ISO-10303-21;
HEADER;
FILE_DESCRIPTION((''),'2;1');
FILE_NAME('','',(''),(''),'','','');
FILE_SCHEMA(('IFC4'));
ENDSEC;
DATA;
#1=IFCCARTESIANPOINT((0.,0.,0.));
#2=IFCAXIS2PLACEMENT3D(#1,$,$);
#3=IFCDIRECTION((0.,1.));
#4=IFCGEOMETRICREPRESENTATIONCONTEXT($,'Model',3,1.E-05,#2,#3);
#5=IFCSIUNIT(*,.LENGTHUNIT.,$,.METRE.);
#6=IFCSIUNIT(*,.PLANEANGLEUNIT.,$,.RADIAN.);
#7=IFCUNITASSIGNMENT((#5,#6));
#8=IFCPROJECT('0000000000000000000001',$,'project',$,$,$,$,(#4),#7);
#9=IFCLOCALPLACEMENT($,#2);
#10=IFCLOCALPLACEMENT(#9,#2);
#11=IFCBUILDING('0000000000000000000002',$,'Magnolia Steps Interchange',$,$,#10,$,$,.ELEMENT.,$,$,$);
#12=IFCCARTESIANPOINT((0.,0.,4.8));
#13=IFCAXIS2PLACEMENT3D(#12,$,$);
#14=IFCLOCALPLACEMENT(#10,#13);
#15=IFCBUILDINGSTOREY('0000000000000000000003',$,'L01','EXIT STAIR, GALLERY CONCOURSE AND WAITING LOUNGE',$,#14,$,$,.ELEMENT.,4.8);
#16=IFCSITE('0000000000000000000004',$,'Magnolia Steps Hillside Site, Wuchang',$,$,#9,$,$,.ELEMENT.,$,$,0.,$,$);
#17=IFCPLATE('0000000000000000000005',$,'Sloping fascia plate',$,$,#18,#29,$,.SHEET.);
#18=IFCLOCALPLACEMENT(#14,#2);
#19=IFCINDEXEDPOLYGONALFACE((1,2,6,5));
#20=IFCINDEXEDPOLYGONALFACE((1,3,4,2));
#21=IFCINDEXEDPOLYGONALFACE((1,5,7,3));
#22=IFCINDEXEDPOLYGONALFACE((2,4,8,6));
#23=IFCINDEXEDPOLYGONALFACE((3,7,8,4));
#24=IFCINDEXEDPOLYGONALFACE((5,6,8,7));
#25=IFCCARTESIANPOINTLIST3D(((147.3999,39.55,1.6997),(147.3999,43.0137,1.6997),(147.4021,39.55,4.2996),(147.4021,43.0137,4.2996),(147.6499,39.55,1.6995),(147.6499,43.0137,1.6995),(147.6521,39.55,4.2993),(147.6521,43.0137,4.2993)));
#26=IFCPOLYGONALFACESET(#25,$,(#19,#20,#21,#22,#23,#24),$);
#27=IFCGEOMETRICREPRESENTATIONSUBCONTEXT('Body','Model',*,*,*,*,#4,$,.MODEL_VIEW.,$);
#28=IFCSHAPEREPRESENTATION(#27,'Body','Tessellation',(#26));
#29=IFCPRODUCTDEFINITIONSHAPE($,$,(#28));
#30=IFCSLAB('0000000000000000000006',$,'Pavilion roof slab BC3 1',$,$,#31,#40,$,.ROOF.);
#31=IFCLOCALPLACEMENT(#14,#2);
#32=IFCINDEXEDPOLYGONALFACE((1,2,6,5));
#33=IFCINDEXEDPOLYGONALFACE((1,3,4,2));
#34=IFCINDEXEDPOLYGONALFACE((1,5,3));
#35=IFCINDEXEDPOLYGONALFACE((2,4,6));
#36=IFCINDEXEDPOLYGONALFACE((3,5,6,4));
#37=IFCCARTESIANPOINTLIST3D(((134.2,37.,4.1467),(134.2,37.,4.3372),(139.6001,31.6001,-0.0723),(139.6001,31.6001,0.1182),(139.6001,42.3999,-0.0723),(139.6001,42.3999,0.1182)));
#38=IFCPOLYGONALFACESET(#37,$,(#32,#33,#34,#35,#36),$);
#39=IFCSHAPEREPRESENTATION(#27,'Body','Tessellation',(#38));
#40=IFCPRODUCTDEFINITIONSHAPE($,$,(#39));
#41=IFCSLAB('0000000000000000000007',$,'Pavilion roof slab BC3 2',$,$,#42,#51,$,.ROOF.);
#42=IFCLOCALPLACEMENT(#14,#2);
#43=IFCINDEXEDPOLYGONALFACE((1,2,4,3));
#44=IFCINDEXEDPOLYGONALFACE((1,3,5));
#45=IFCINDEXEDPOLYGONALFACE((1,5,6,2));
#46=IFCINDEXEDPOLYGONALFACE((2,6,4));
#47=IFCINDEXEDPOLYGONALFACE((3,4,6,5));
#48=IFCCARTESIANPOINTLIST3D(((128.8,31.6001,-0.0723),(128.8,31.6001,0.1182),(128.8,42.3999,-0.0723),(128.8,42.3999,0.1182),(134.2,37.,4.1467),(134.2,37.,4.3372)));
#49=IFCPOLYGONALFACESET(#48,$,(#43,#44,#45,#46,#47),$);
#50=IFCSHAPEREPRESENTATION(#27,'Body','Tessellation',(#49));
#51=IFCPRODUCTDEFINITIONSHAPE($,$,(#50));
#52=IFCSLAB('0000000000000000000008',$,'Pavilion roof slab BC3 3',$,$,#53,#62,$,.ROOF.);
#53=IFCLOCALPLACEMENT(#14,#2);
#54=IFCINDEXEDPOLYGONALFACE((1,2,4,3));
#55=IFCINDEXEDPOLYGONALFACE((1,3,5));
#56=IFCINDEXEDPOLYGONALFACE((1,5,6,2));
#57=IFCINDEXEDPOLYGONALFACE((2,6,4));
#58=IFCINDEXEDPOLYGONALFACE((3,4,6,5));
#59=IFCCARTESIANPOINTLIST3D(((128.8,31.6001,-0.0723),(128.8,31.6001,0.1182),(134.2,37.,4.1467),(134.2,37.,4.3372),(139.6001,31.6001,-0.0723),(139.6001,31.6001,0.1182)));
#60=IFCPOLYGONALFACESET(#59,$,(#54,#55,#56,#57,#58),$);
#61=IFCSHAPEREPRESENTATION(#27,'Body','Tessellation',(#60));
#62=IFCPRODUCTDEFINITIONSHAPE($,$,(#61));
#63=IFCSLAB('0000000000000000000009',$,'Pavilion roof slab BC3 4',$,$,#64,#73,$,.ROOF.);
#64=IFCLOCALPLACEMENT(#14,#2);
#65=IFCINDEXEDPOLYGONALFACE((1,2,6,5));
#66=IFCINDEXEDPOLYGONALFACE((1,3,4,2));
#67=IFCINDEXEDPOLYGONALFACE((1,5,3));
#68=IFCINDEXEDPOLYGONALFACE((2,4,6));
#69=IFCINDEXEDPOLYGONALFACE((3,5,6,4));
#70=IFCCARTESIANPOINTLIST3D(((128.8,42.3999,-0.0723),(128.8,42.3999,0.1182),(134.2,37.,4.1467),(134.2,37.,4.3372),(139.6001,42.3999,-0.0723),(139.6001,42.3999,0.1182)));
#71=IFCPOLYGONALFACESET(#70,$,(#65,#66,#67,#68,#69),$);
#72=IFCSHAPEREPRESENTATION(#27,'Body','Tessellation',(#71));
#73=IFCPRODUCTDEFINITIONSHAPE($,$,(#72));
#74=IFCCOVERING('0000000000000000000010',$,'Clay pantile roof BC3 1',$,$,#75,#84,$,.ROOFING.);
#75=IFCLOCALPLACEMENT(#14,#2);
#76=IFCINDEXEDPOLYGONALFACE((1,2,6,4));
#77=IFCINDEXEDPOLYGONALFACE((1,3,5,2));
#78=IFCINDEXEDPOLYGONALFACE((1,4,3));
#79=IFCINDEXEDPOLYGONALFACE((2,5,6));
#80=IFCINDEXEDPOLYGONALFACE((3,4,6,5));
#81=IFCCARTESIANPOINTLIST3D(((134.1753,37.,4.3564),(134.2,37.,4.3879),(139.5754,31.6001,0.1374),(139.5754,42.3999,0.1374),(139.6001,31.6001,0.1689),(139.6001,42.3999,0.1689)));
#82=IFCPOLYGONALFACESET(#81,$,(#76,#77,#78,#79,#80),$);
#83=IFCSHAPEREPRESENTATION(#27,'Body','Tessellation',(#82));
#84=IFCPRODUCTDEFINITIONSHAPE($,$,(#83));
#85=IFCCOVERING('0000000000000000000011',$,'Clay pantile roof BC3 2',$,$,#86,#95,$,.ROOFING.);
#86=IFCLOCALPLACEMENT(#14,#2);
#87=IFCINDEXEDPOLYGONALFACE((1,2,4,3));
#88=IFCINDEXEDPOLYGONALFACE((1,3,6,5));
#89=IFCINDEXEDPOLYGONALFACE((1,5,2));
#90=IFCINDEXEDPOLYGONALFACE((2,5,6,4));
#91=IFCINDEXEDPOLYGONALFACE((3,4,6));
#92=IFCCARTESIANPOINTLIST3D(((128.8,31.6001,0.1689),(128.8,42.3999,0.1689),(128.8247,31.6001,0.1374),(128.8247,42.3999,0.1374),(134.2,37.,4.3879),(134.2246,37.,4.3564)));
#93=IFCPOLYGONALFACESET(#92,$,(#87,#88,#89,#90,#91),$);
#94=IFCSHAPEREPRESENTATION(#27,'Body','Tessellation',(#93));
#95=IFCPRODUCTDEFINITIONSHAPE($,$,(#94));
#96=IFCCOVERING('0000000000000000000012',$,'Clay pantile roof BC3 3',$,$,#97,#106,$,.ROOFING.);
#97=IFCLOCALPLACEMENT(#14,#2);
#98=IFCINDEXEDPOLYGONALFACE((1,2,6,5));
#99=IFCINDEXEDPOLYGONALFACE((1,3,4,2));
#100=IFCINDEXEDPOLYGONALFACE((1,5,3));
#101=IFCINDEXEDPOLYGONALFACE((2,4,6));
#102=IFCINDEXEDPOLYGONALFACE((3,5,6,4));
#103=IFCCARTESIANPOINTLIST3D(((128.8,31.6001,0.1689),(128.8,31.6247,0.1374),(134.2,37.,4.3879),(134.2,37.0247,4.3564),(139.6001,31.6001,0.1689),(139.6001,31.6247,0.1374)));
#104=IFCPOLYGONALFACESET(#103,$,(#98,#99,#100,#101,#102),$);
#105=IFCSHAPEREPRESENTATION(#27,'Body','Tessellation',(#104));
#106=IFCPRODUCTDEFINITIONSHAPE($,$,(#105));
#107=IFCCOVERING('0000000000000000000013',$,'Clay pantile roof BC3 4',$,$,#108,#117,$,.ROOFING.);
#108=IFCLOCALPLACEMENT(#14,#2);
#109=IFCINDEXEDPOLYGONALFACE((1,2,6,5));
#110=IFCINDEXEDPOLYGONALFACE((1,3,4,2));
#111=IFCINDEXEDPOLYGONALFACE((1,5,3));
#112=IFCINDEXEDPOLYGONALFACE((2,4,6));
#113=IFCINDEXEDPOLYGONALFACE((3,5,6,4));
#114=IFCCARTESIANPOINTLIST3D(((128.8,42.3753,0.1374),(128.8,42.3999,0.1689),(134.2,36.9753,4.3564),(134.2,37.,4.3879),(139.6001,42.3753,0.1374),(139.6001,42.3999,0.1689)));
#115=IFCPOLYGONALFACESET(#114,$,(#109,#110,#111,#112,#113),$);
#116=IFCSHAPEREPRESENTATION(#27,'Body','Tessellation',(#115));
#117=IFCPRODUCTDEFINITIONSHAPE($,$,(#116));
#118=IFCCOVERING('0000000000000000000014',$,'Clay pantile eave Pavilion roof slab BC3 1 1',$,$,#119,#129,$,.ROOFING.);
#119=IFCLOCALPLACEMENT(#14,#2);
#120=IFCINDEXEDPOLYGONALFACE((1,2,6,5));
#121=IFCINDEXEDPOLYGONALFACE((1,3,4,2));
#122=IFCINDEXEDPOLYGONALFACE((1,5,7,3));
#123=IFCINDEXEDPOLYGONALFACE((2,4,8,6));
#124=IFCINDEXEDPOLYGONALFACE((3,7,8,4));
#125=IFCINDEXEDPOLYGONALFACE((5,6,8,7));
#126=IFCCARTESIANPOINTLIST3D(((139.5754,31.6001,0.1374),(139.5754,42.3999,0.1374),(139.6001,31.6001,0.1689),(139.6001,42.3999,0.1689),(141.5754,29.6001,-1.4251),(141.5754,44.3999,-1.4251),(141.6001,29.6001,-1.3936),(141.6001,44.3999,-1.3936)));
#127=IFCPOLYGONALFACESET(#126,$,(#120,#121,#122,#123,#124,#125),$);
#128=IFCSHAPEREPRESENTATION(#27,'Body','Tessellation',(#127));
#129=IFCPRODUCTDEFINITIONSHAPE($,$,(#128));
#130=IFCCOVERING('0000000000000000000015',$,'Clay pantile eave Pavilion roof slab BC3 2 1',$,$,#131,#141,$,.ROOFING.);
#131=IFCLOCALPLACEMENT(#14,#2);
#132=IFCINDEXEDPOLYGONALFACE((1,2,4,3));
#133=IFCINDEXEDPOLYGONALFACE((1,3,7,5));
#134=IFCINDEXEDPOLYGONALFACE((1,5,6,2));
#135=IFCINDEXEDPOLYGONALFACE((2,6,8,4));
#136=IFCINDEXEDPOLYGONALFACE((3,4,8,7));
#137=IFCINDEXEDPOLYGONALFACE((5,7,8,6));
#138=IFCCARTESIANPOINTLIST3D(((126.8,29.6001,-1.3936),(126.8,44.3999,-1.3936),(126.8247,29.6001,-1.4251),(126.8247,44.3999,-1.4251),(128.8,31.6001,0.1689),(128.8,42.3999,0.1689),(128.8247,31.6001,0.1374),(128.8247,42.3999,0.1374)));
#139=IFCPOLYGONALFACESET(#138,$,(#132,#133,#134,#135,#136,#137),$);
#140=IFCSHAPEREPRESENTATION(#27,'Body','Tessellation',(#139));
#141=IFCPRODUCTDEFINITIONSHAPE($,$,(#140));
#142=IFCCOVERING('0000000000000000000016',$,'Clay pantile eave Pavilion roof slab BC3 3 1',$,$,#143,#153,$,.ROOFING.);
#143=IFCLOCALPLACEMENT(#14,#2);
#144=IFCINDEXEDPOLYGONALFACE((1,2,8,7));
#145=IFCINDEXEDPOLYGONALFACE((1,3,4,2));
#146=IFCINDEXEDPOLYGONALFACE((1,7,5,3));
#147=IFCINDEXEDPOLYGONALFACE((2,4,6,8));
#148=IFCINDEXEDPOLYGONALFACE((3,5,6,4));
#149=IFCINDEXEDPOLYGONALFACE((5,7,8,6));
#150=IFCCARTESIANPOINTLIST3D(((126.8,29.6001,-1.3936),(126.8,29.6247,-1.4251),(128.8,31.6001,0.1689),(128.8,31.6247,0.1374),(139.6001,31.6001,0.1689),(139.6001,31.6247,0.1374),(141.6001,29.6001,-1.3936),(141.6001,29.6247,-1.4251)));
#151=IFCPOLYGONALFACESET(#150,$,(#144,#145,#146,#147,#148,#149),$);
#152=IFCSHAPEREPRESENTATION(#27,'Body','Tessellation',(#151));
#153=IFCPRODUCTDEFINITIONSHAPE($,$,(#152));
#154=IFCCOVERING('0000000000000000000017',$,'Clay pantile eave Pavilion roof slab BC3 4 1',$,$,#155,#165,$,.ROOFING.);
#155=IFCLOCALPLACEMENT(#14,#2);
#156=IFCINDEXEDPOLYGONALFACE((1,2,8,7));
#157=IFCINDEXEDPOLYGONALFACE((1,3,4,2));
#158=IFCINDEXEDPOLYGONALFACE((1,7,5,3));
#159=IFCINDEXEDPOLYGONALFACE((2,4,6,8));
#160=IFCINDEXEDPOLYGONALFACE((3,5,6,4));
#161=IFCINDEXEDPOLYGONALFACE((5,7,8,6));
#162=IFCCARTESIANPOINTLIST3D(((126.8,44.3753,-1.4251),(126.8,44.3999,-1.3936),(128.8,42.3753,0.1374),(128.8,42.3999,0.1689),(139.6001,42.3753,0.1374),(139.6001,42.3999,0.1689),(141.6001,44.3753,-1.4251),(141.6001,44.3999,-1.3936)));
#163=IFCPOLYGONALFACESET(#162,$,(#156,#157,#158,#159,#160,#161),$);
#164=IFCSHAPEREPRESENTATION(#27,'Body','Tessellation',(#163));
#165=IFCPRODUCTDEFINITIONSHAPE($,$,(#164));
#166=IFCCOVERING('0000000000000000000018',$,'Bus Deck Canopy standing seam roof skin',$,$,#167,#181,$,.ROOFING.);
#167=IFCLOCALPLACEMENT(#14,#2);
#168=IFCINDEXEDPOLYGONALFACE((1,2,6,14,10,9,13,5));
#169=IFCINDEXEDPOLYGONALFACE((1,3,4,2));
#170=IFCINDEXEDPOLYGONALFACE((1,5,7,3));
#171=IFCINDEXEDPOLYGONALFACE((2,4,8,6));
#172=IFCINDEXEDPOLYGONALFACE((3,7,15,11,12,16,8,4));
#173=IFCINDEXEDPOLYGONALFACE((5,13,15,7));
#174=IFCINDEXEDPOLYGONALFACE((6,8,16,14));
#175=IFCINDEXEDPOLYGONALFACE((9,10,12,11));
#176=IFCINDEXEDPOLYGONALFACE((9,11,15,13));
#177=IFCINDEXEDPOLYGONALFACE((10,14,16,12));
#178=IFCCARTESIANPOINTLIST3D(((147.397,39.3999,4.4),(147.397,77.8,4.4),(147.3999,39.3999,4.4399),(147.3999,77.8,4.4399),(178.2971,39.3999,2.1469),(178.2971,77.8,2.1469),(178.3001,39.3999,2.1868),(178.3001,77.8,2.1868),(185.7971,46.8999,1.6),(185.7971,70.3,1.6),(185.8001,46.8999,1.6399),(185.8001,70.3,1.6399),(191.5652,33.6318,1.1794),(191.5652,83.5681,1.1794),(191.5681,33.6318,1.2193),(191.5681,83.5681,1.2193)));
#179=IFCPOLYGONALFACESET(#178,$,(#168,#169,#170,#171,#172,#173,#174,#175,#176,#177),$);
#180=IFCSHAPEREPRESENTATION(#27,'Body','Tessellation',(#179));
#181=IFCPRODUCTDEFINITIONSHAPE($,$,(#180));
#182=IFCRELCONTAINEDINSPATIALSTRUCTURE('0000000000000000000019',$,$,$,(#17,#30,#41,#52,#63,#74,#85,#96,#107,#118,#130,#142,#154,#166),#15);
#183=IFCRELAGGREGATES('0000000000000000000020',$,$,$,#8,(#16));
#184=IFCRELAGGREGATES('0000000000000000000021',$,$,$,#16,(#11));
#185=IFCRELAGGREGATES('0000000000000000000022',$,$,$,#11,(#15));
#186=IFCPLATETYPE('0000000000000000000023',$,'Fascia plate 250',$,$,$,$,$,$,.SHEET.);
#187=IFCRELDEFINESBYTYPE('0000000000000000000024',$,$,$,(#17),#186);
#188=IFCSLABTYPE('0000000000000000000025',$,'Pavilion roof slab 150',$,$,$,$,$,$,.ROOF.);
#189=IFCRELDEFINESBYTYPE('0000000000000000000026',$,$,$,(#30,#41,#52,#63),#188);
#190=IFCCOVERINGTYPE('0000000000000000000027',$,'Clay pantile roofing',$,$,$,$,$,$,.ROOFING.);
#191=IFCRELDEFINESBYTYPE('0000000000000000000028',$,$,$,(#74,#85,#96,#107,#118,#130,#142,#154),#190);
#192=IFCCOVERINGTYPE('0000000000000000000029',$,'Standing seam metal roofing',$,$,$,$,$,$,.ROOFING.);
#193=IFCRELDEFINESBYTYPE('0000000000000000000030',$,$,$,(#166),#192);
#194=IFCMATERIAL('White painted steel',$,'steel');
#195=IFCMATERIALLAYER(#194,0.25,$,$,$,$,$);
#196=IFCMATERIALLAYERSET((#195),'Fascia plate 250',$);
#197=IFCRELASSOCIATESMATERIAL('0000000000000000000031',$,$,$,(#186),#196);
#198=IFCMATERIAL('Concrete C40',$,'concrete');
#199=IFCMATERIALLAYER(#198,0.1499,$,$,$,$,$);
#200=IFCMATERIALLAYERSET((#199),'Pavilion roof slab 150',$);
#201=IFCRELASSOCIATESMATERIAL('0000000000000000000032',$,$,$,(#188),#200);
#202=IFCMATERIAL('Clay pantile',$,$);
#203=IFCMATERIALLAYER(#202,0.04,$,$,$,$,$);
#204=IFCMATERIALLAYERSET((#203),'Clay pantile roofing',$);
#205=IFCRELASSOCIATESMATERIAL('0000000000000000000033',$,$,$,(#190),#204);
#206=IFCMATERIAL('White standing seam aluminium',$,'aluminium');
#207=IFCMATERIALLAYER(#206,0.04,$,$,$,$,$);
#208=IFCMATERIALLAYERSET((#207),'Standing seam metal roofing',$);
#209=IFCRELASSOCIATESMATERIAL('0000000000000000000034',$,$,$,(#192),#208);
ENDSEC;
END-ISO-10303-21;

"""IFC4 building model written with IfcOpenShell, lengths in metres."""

from ifc_helpers import new_model, si_unit, direction, frame, origin, place, context, subcontext, project, spatial, polyline, outline, extrude, material, layer, layer_set, type_object, element, save


model = new_model("IFC4")

# Units and contexts
model_context = context("Model", 3, precision=1e-05, world=origin(), true_north=direction((0.0, 1.0)))
body_context = subcontext(model_context, "Body", "Model", "MODEL_VIEW")
ifc_project = project(units=[si_unit("LENGTHUNIT", "METRE"), si_unit("PLANEANGLEUNIT", "RADIAN")], contexts=[model_context])

# Site, building, storey
site_placement = place(None, origin())
site = spatial("IfcSite", under=ifc_project, at=site_placement, Name="Magnolia Steps Hillside Site, Wuchang", CompositionType="ELEMENT", RefElevation=0.0)
building_placement = place(site_placement, origin())
building = spatial("IfcBuilding", under=site, at=building_placement, Name="Magnolia Steps Interchange", CompositionType="ELEMENT")
storey_placement = place(building_placement, frame((0.0, 0.0, 4.8)))
storey = spatial("IfcBuildingStorey", under=building, at=storey_placement, Name="L01", Description="EXIT STAIR, GALLERY CONCOURSE AND WAITING LOUNGE", CompositionType="ELEMENT", Elevation=4.8)

# Plate
ifc_material_1 = material(Name="White painted steel", Category="steel")
ifc_layer_1 = layer(ifc_material_1, 0.25)
ifc_layer_set_1 = layer_set([ifc_layer_1], Name="Fascia plate 250")
plate_type = type_object("IfcPlateType", Name="Fascia plate 250", PredefinedType="SHEET", material=ifc_layer_set_1)
for number, where, z_axis, x_axis, name in (
    (1, (147.3999, 43.0137, 1.6997), (-1.0, 0.0, 0.000845), (0.0, -1.0, 0.0), "Sloping fascia plate"),
):
    element("IfcPlate", number, at=place(storey_placement, frame(where, z_axis=z_axis, x_axis=x_axis)), inside=storey, type_object=plate_type, Name=name, PredefinedType="SHEET", context=body_context, shape_type="SweptSolid", body=[
        extrude(outline(polyline([(0.0, 0.0), (3.4636, 0.0), (3.4636, 2.5999), (0.0, 2.5999), (0.0, 0.0)])), origin(), (0.0, 0.0, -1.0), 0.25),
    ])

# Slabs
ifc_material_2 = material(Name="Concrete C40", Category="concrete")
ifc_layer_2 = layer(ifc_material_2, 0.1499)
ifc_layer_set_2 = layer_set([ifc_layer_2], Name="Pavilion roof slab 150")
slab_type = type_object("IfcSlabType", Name="Pavilion roof slab 150", PredefinedType="ROOF", material=ifc_layer_set_2)
slab_1_placement = place(storey_placement, frame((139.6001, 31.6001, 0.1182), z_axis=(0.615656, 0.0, 0.788015), x_axis=(0.0, 1.0, 0.0)))
element("IfcSlab", 2, at=slab_1_placement, inside=storey, type_object=slab_type, Name="Pavilion roof slab BC3 1", PredefinedType="ROOF", context=body_context, shape_type="SweptSolid", body=[
    extrude(outline(polyline([(0.0, 0.0), (10.7998, 0.0), (5.3999, 6.8528), (0.0, 0.0)])), origin(), (0.0, -0.615656, -0.788015), 0.1904),
])
slab_2_placement = place(storey_placement, frame((128.8, 42.3999, 0.1182), z_axis=(-0.615673, 0.0, 0.788002), x_axis=(0.0, -1.0, 0.0)))
element("IfcSlab", 3, at=slab_2_placement, inside=storey, type_object=slab_type, Name="Pavilion roof slab BC3 2", PredefinedType="ROOF", context=body_context, shape_type="SweptSolid", body=[
    extrude(outline(polyline([(0.0, 0.0), (10.7998, 0.0), (5.3999, 6.8527), (0.0, 0.0)])), origin(), (0.0, -0.615673, -0.788002), 0.1904),
])
slab_3_placement = place(storey_placement, frame((128.8, 31.6001, 0.1182), z_axis=(0.0, -0.615673, 0.788002), x_axis=(1.0, 0.0, 0.0)))
element("IfcSlab", 4, at=slab_3_placement, inside=storey, type_object=slab_type, Name="Pavilion roof slab BC3 3", PredefinedType="ROOF", context=body_context, shape_type="SweptSolid", body=[
    extrude(outline(polyline([(0.0, 0.0), (10.8, 0.0), (5.3999, 6.8527), (0.0, 0.0)])), origin(), (0.0, -0.615673, -0.788002), 0.1904),
])
slab_4_placement = place(storey_placement, frame((139.6001, 42.3999, 0.1182), z_axis=(0.0, 0.615673, 0.788002), x_axis=(-1.0, 0.0, 0.0)))
element("IfcSlab", 5, at=slab_4_placement, inside=storey, type_object=slab_type, Name="Pavilion roof slab BC3 4", PredefinedType="ROOF", context=body_context, shape_type="SweptSolid", body=[
    extrude(outline(polyline([(0.0, 0.0), (10.8, 0.0), (5.4001, 6.8527), (0.0, 0.0)])), origin(), (0.0, -0.615673, -0.788002), 0.1904),
])

# Coverings
ifc_material_3 = material(Name="Clay pantile")
ifc_layer_3 = layer(ifc_material_3, 0.04)
ifc_layer_set_3 = layer_set([ifc_layer_3], Name="Clay pantile roofing")
covering_type_1 = type_object("IfcCoveringType", Name="Clay pantile roofing", PredefinedType="ROOFING", material=ifc_layer_set_3)
covering_1_placement = place(storey_placement, frame((139.6001, 31.6001, 0.1689), z_axis=(0.615656, 0.0, 0.788015), x_axis=(0.0, 1.0, 0.0)))
element("IfcCovering", 6, at=covering_1_placement, inside=storey, type_object=covering_type_1, Name="Clay pantile roof BC3 1", PredefinedType="ROOFING", context=body_context, shape_type="SweptSolid", body=[
    extrude(outline(polyline([(0.0, 0.0), (10.7998, 0.0), (5.3999, 6.8528), (0.0, 0.0)])), origin(), (0.0, 0.0, -1.0), 0.04),
])
covering_2_placement = place(storey_placement, frame((128.8, 42.3999, 0.1689), z_axis=(-0.615673, 0.0, 0.788002), x_axis=(0.0, -1.0, 0.0)))
element("IfcCovering", 7, at=covering_2_placement, inside=storey, type_object=covering_type_1, Name="Clay pantile roof BC3 2", PredefinedType="ROOFING", context=body_context, shape_type="SweptSolid", body=[
    extrude(outline(polyline([(0.0, 0.0), (10.7998, 0.0), (5.3999, 6.8527), (0.0, 0.0)])), origin(), (0.0, 0.0, -1.0), 0.04),
])
covering_3_placement = place(storey_placement, frame((128.8, 31.6001, 0.1689), z_axis=(0.0, -0.615673, 0.788002), x_axis=(1.0, 0.0, 0.0)))
element("IfcCovering", 8, at=covering_3_placement, inside=storey, type_object=covering_type_1, Name="Clay pantile roof BC3 3", PredefinedType="ROOFING", context=body_context, shape_type="SweptSolid", body=[
    extrude(outline(polyline([(0.0, 0.0), (10.8, 0.0), (5.3999, 6.8527), (0.0, 0.0)])), origin(), (0.0, 0.0, -1.0), 0.04),
])
covering_4_placement = place(storey_placement, frame((139.6001, 42.3999, 0.1689), z_axis=(0.0, 0.615673, 0.788002), x_axis=(-1.0, 0.0, 0.0)))
element("IfcCovering", 9, at=covering_4_placement, inside=storey, type_object=covering_type_1, Name="Clay pantile roof BC3 4", PredefinedType="ROOFING", context=body_context, shape_type="SweptSolid", body=[
    extrude(outline(polyline([(0.0, 0.0), (10.8, 0.0), (5.4001, 6.8527), (0.0, 0.0)])), origin(), (0.0, 0.0, -1.0), 0.04),
])
covering_5_placement = place(storey_placement, frame((139.6001, 31.6001, 0.1689), z_axis=(0.615644, 0.0, 0.788024), x_axis=(0.0, 1.0, 0.0)))
element("IfcCovering", 10, at=covering_5_placement, inside=storey, type_object=covering_type_1, Name="Clay pantile eave Pavilion roof slab BC3 1 1", PredefinedType="ROOFING", context=body_context, shape_type="SweptSolid", body=[
    extrude(outline(polyline([(0.0, 0.0), (10.7998, 0.0), (12.7998, -2.538), (-2.0, -2.538), (0.0, 0.0)])), origin(), (0.0, 0.0, -1.0), 0.04),
])
covering_6_placement = place(storey_placement, frame((128.8, 31.6001, 0.1689), z_axis=(-0.615644, 0.0, 0.788024), x_axis=(-0.618943, -0.618943, -0.483549)))
element("IfcCovering", 11, at=covering_6_placement, inside=storey, type_object=covering_type_1, Name="Clay pantile eave Pavilion roof slab BC3 2 1", PredefinedType="ROOFING", context=body_context, shape_type="SweptSolid", body=[
    extrude(outline(polyline([(0.0, 0.0), (3.2313, 0.0), (-5.9289, -11.6243), (-6.6845, -8.4826), (0.0, 0.0)])), origin(), (0.0, 0.0, -1.0), 0.04),
])
for number, where, z_axis, x_axis, name in (
    (12, (128.8, 31.6001, 0.1689), (0.0, -0.615644, 0.788024), (1.0, 0.0, 0.0), "Clay pantile eave Pavilion roof slab BC3 3 1"),
    (13, (139.6001, 42.3999, 0.1689), (0.0, 0.615644, 0.788024), (-1.0, 0.0, 0.0), "Clay pantile eave Pavilion roof slab BC3 4 1"),
):
    element("IfcCovering", number, at=place(storey_placement, frame(where, z_axis=z_axis, x_axis=x_axis)), inside=storey, type_object=covering_type_1, Name=name, PredefinedType="ROOFING", context=body_context, shape_type="SweptSolid", body=[
        extrude(outline(polyline([(0.0, 0.0), (10.8, 0.0), (12.8, -2.538), (-2.0, -2.538), (0.0, 0.0)])), origin(), (0.0, 0.0, -1.0), 0.04),
    ])
ifc_material_4 = material(Name="White standing seam aluminium", Category="aluminium")
ifc_layer_4 = layer(ifc_material_4, 0.04)
ifc_layer_set_4 = layer_set([ifc_layer_4], Name="Standing seam metal roofing")
covering_type_2 = type_object("IfcCoveringType", Name="Standing seam metal roofing", PredefinedType="ROOFING", material=ifc_layer_set_4)
covering_7_placement = place(storey_placement, frame((147.3999, 39.3999, 4.4399), z_axis=(0.072724, 0.0, 0.997352), x_axis=(0.997352, 0.0, -0.072724)))
element("IfcCovering", 14, at=covering_7_placement, inside=storey, type_object=covering_type_2, Name="Bus Deck Canopy standing seam roof skin", PredefinedType="ROOFING", context=body_context, shape_type="SweptSolid", body=[
    extrude(outline(polyline([(0.0, 0.0), (30.9822, 0.0), (44.2855, -5.7681), (38.5021, 7.5), (38.5021, 30.9001), (44.2855, 44.1682), (30.9822, 38.4001), (0.0, 38.4001), (0.0, 0.0)])), origin(), (0.0, 0.0, -1.0), 0.04),
])

save(model, "model.ifc")
